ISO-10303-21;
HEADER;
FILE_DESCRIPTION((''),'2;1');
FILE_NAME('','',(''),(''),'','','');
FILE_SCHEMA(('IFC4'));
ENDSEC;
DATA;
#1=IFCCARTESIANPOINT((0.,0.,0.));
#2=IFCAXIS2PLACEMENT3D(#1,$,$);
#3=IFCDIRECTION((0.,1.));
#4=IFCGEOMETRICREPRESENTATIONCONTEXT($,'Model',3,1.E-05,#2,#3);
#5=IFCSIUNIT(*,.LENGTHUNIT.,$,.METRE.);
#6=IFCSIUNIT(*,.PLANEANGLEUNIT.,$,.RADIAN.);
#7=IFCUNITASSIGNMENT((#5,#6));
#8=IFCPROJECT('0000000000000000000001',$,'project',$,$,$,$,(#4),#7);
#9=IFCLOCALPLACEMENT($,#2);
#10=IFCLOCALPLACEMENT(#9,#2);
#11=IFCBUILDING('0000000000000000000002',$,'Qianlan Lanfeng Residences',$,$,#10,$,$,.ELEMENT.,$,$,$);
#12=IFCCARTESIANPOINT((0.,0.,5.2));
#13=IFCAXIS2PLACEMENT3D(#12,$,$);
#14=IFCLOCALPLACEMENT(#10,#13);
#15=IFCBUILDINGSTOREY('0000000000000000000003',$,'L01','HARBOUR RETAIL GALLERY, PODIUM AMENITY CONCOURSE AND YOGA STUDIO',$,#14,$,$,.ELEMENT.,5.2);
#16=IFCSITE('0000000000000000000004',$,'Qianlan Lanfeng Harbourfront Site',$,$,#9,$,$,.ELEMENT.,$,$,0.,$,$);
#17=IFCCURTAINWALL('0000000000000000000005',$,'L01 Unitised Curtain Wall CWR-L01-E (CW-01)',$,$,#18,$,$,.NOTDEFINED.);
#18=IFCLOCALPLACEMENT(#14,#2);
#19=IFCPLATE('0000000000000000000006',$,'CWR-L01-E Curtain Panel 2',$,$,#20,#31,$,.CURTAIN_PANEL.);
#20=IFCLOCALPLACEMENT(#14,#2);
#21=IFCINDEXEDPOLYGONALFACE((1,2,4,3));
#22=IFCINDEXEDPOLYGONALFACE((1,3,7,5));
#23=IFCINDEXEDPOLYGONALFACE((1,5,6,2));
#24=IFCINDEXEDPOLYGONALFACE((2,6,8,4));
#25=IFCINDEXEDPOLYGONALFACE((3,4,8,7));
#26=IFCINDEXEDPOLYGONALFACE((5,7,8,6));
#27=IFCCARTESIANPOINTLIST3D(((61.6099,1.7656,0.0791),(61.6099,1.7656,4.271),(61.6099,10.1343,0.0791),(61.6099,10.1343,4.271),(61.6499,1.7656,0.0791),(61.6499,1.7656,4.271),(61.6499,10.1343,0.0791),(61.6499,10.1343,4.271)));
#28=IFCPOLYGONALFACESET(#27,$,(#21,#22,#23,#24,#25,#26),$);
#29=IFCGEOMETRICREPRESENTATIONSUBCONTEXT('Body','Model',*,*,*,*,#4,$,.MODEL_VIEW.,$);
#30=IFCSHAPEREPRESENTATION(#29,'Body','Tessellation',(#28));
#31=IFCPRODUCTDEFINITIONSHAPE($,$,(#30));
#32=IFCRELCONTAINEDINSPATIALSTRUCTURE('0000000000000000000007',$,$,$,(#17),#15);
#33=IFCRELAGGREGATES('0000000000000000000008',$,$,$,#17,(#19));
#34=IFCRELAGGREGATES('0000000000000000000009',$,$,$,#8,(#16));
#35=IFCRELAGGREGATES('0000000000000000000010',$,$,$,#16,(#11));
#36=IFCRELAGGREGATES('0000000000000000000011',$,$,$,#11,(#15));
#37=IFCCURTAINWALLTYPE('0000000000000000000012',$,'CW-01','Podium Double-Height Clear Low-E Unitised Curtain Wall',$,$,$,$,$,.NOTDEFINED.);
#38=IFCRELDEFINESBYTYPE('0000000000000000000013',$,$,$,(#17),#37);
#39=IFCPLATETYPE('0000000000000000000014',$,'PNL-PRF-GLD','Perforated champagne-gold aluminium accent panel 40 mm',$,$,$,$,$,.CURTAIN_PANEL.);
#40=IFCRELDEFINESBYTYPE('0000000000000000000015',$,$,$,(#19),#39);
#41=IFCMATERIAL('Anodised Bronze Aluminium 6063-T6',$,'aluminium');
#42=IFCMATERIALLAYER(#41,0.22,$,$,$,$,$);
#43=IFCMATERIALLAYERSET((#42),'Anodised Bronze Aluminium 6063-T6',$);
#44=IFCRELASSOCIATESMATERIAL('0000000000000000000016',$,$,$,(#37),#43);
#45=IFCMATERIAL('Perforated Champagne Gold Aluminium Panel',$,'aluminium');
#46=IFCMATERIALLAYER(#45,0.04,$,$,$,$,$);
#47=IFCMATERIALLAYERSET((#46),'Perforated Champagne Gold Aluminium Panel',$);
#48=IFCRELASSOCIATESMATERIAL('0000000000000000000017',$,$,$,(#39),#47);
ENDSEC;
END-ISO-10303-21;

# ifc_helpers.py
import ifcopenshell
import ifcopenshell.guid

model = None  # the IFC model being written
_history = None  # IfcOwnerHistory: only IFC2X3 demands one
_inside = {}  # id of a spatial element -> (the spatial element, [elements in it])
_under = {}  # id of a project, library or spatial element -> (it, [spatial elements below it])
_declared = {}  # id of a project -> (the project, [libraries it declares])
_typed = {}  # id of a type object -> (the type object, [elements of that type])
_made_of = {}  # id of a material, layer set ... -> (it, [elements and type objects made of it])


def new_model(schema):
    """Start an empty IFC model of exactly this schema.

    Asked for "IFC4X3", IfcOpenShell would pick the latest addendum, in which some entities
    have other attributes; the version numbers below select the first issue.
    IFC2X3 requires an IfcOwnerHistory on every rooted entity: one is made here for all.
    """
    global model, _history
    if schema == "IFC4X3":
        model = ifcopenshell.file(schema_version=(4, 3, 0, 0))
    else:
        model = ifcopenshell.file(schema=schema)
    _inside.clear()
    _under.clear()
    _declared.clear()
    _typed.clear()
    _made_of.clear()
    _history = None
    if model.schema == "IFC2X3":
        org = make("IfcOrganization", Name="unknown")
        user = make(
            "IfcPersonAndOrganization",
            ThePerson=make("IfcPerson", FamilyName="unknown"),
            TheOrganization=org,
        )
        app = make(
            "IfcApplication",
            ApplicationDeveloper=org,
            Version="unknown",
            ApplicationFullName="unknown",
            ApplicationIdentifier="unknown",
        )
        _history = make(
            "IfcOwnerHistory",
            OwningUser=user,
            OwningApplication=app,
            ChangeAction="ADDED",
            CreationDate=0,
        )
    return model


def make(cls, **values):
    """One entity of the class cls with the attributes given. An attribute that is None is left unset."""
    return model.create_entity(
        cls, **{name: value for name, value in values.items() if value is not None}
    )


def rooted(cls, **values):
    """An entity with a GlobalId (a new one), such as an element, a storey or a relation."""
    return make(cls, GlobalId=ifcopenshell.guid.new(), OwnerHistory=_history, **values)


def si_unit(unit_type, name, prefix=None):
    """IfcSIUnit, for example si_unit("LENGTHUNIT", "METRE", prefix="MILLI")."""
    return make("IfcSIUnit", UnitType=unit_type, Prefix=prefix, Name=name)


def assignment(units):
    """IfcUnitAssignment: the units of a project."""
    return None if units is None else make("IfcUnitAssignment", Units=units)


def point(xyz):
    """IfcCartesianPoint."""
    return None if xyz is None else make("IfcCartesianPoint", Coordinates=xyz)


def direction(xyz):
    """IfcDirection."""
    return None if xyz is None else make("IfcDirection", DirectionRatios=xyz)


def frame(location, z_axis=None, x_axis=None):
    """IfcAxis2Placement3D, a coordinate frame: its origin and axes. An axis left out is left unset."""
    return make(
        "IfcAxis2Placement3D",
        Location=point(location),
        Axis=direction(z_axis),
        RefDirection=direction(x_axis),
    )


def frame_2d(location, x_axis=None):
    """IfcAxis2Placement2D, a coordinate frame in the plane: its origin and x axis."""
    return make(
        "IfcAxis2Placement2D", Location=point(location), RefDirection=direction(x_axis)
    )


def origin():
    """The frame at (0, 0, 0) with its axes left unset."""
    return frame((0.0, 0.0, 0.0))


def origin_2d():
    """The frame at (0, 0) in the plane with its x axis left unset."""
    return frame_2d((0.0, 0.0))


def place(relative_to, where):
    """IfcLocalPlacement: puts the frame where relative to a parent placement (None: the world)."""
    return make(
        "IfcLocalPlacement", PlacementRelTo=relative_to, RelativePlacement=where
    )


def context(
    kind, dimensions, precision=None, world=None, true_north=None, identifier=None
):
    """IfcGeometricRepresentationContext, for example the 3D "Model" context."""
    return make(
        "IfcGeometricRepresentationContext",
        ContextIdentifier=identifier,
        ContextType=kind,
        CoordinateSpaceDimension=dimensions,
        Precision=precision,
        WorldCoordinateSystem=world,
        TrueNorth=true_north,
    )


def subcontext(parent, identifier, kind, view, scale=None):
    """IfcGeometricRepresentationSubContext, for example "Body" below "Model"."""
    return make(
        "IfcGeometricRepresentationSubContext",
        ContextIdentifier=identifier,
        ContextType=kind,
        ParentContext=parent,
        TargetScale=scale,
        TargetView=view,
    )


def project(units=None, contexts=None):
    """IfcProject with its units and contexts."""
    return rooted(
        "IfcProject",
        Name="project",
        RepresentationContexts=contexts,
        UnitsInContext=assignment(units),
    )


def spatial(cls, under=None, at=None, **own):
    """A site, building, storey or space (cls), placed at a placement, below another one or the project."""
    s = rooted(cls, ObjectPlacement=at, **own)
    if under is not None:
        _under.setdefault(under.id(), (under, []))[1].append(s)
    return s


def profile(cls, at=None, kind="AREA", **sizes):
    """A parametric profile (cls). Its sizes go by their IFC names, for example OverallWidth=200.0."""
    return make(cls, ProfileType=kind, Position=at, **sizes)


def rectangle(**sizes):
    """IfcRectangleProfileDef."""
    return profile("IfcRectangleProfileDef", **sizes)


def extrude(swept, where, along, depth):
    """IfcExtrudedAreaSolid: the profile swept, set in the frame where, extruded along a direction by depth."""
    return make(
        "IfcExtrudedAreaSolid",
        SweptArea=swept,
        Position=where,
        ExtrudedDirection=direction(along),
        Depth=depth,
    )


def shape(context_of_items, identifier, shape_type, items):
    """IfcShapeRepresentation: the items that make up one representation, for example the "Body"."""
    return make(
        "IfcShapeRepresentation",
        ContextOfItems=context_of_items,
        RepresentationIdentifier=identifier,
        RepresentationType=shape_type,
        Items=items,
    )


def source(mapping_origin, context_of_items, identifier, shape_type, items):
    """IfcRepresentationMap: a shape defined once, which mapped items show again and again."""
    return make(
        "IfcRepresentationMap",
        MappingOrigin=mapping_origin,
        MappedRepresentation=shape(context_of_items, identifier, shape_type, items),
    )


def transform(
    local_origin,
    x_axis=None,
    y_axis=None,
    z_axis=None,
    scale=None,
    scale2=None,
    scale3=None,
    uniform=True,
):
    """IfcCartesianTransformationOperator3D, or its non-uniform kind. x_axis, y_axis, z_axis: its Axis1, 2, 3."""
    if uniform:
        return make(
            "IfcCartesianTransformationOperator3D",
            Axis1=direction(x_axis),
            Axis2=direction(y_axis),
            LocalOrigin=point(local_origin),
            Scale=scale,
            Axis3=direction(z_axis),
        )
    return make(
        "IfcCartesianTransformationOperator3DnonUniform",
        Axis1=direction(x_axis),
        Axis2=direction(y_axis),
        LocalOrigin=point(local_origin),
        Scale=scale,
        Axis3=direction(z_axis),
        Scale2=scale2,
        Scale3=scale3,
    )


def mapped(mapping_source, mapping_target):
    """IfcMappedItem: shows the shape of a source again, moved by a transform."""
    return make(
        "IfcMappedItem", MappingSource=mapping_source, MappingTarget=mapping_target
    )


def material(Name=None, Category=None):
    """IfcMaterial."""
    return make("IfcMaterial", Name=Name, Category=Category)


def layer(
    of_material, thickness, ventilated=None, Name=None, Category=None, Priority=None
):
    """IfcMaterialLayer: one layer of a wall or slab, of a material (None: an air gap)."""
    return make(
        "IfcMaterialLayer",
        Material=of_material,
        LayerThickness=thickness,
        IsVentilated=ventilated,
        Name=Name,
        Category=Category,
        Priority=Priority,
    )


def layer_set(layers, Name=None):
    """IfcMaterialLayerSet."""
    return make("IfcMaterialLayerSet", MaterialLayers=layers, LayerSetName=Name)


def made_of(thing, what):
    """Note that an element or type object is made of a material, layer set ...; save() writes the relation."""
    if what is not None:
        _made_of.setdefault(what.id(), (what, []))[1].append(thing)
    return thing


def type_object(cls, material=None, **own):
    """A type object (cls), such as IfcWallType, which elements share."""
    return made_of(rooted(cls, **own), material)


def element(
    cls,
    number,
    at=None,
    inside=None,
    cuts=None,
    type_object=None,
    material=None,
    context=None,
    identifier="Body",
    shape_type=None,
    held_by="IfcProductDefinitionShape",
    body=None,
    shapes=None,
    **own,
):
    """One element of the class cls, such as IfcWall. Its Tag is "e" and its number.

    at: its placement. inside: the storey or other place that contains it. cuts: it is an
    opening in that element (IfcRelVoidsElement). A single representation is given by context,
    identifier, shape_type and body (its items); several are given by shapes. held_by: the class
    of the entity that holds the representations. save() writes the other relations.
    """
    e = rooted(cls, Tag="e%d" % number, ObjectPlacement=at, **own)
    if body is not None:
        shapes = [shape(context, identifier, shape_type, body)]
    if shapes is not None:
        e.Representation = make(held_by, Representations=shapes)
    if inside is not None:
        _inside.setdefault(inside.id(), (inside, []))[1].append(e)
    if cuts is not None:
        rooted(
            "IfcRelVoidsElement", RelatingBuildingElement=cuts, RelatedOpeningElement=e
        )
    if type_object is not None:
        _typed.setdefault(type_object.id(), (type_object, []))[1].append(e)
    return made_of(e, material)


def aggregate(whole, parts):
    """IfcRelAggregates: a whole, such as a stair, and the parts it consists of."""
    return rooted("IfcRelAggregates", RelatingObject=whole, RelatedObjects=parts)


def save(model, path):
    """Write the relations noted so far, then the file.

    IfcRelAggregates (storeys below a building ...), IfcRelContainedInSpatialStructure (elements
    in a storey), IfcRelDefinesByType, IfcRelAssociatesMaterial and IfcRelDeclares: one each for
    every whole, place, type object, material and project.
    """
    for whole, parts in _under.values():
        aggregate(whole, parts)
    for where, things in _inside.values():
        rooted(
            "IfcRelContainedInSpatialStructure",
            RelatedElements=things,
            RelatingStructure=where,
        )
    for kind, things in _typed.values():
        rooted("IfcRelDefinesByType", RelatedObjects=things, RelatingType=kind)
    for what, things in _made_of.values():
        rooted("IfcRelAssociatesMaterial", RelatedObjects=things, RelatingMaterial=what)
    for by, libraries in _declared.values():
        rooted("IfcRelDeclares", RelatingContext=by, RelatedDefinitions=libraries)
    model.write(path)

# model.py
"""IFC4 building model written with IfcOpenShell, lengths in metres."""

from ifc_helpers import new_model, si_unit, direction, frame, origin, origin_2d, place, context, subcontext, project, spatial, rectangle, extrude, source, transform, mapped, material, layer, layer_set, type_object, element, aggregate, save


model = new_model("IFC4")

# Units and contexts
model_context = context("Model", 3, precision=1e-05, world=origin(), true_north=direction((0.0, 1.0)))
body_context = subcontext(model_context, "Body", "Model", "MODEL_VIEW")
ifc_project = project(units=[si_unit("LENGTHUNIT", "METRE"), si_unit("PLANEANGLEUNIT", "RADIAN")], contexts=[model_context])

# Site, building, storey
site_placement = place(None, origin())
site = spatial("IfcSite", under=ifc_project, at=site_placement, Name="Qianlan Lanfeng Harbourfront Site", CompositionType="ELEMENT", RefElevation=0.0)
building_placement = place(site_placement, origin())
building = spatial("IfcBuilding", under=site, at=building_placement, Name="Qianlan Lanfeng Residences", CompositionType="ELEMENT")
storey_placement = place(building_placement, frame((0.0, 0.0, 5.2)))
storey = spatial("IfcBuildingStorey", under=building, at=storey_placement, Name="L01", Description="HARBOUR RETAIL GALLERY, PODIUM AMENITY CONCOURSE AND YOGA STUDIO", CompositionType="ELEMENT", Elevation=5.2)

# Curtain wall, plate
ifc_material_1 = material(Name="Anodised Bronze Aluminium 6063-T6", Category="aluminium")
ifc_layer_1 = layer(ifc_material_1, 0.22)
ifc_layer_set_1 = layer_set([ifc_layer_1], Name="Anodised Bronze Aluminium 6063-T6")
curtain_wall_type = type_object("IfcCurtainWallType", Name="CW-01", Description="Podium Double-Height Clear Low-E Unitised Curtain Wall", PredefinedType="NOTDEFINED", material=ifc_layer_set_1)
curtain_wall_placement = place(storey_placement, origin())
curtain_wall = element("IfcCurtainWall", 1, at=curtain_wall_placement, inside=storey, type_object=curtain_wall_type, Name="L01 Unitised Curtain Wall CWR-L01-E (CW-01)", PredefinedType="NOTDEFINED")
ifc_material_2 = material(Name="Perforated Champagne Gold Aluminium Panel", Category="aluminium")
ifc_layer_2 = layer(ifc_material_2, 0.04)
ifc_layer_set_2 = layer_set([ifc_layer_2], Name="Perforated Champagne Gold Aluminium Panel")
plate_type_1 = type_object("IfcPlateType", Name="PNL-PRF-GLD", Description="Perforated champagne-gold aluminium accent panel 40 mm", PredefinedType="CURTAIN_PANEL", material=ifc_layer_set_2)
shared_shape_1 = source(origin(), body_context, "Body", "SweptSolid", [
    extrude(rectangle(XDim=8.3687, YDim=0.04, at=origin_2d()), origin(), (0.0, 0.0, 1.0), 4.1919),
])
plate_1_placement = place(storey_placement, frame((61.6299, 5.95, 0.0791), z_axis=(0.0, 0.0, 1.0), x_axis=(0.0, 1.0, 0.0)))
plate_1 = element("IfcPlate", 2, at=plate_1_placement, type_object=plate_type_1, Name="CWR-L01-E Curtain Panel 2", PredefinedType="CURTAIN_PANEL", context=body_context, shape_type="MappedRepresentation", body=[
    mapped(shared_shape_1, transform((0.0, 0.0, 0.0), scale=1.0)),
])
aggregate(curtain_wall, [plate_1])

save(model, "model.ifc")
